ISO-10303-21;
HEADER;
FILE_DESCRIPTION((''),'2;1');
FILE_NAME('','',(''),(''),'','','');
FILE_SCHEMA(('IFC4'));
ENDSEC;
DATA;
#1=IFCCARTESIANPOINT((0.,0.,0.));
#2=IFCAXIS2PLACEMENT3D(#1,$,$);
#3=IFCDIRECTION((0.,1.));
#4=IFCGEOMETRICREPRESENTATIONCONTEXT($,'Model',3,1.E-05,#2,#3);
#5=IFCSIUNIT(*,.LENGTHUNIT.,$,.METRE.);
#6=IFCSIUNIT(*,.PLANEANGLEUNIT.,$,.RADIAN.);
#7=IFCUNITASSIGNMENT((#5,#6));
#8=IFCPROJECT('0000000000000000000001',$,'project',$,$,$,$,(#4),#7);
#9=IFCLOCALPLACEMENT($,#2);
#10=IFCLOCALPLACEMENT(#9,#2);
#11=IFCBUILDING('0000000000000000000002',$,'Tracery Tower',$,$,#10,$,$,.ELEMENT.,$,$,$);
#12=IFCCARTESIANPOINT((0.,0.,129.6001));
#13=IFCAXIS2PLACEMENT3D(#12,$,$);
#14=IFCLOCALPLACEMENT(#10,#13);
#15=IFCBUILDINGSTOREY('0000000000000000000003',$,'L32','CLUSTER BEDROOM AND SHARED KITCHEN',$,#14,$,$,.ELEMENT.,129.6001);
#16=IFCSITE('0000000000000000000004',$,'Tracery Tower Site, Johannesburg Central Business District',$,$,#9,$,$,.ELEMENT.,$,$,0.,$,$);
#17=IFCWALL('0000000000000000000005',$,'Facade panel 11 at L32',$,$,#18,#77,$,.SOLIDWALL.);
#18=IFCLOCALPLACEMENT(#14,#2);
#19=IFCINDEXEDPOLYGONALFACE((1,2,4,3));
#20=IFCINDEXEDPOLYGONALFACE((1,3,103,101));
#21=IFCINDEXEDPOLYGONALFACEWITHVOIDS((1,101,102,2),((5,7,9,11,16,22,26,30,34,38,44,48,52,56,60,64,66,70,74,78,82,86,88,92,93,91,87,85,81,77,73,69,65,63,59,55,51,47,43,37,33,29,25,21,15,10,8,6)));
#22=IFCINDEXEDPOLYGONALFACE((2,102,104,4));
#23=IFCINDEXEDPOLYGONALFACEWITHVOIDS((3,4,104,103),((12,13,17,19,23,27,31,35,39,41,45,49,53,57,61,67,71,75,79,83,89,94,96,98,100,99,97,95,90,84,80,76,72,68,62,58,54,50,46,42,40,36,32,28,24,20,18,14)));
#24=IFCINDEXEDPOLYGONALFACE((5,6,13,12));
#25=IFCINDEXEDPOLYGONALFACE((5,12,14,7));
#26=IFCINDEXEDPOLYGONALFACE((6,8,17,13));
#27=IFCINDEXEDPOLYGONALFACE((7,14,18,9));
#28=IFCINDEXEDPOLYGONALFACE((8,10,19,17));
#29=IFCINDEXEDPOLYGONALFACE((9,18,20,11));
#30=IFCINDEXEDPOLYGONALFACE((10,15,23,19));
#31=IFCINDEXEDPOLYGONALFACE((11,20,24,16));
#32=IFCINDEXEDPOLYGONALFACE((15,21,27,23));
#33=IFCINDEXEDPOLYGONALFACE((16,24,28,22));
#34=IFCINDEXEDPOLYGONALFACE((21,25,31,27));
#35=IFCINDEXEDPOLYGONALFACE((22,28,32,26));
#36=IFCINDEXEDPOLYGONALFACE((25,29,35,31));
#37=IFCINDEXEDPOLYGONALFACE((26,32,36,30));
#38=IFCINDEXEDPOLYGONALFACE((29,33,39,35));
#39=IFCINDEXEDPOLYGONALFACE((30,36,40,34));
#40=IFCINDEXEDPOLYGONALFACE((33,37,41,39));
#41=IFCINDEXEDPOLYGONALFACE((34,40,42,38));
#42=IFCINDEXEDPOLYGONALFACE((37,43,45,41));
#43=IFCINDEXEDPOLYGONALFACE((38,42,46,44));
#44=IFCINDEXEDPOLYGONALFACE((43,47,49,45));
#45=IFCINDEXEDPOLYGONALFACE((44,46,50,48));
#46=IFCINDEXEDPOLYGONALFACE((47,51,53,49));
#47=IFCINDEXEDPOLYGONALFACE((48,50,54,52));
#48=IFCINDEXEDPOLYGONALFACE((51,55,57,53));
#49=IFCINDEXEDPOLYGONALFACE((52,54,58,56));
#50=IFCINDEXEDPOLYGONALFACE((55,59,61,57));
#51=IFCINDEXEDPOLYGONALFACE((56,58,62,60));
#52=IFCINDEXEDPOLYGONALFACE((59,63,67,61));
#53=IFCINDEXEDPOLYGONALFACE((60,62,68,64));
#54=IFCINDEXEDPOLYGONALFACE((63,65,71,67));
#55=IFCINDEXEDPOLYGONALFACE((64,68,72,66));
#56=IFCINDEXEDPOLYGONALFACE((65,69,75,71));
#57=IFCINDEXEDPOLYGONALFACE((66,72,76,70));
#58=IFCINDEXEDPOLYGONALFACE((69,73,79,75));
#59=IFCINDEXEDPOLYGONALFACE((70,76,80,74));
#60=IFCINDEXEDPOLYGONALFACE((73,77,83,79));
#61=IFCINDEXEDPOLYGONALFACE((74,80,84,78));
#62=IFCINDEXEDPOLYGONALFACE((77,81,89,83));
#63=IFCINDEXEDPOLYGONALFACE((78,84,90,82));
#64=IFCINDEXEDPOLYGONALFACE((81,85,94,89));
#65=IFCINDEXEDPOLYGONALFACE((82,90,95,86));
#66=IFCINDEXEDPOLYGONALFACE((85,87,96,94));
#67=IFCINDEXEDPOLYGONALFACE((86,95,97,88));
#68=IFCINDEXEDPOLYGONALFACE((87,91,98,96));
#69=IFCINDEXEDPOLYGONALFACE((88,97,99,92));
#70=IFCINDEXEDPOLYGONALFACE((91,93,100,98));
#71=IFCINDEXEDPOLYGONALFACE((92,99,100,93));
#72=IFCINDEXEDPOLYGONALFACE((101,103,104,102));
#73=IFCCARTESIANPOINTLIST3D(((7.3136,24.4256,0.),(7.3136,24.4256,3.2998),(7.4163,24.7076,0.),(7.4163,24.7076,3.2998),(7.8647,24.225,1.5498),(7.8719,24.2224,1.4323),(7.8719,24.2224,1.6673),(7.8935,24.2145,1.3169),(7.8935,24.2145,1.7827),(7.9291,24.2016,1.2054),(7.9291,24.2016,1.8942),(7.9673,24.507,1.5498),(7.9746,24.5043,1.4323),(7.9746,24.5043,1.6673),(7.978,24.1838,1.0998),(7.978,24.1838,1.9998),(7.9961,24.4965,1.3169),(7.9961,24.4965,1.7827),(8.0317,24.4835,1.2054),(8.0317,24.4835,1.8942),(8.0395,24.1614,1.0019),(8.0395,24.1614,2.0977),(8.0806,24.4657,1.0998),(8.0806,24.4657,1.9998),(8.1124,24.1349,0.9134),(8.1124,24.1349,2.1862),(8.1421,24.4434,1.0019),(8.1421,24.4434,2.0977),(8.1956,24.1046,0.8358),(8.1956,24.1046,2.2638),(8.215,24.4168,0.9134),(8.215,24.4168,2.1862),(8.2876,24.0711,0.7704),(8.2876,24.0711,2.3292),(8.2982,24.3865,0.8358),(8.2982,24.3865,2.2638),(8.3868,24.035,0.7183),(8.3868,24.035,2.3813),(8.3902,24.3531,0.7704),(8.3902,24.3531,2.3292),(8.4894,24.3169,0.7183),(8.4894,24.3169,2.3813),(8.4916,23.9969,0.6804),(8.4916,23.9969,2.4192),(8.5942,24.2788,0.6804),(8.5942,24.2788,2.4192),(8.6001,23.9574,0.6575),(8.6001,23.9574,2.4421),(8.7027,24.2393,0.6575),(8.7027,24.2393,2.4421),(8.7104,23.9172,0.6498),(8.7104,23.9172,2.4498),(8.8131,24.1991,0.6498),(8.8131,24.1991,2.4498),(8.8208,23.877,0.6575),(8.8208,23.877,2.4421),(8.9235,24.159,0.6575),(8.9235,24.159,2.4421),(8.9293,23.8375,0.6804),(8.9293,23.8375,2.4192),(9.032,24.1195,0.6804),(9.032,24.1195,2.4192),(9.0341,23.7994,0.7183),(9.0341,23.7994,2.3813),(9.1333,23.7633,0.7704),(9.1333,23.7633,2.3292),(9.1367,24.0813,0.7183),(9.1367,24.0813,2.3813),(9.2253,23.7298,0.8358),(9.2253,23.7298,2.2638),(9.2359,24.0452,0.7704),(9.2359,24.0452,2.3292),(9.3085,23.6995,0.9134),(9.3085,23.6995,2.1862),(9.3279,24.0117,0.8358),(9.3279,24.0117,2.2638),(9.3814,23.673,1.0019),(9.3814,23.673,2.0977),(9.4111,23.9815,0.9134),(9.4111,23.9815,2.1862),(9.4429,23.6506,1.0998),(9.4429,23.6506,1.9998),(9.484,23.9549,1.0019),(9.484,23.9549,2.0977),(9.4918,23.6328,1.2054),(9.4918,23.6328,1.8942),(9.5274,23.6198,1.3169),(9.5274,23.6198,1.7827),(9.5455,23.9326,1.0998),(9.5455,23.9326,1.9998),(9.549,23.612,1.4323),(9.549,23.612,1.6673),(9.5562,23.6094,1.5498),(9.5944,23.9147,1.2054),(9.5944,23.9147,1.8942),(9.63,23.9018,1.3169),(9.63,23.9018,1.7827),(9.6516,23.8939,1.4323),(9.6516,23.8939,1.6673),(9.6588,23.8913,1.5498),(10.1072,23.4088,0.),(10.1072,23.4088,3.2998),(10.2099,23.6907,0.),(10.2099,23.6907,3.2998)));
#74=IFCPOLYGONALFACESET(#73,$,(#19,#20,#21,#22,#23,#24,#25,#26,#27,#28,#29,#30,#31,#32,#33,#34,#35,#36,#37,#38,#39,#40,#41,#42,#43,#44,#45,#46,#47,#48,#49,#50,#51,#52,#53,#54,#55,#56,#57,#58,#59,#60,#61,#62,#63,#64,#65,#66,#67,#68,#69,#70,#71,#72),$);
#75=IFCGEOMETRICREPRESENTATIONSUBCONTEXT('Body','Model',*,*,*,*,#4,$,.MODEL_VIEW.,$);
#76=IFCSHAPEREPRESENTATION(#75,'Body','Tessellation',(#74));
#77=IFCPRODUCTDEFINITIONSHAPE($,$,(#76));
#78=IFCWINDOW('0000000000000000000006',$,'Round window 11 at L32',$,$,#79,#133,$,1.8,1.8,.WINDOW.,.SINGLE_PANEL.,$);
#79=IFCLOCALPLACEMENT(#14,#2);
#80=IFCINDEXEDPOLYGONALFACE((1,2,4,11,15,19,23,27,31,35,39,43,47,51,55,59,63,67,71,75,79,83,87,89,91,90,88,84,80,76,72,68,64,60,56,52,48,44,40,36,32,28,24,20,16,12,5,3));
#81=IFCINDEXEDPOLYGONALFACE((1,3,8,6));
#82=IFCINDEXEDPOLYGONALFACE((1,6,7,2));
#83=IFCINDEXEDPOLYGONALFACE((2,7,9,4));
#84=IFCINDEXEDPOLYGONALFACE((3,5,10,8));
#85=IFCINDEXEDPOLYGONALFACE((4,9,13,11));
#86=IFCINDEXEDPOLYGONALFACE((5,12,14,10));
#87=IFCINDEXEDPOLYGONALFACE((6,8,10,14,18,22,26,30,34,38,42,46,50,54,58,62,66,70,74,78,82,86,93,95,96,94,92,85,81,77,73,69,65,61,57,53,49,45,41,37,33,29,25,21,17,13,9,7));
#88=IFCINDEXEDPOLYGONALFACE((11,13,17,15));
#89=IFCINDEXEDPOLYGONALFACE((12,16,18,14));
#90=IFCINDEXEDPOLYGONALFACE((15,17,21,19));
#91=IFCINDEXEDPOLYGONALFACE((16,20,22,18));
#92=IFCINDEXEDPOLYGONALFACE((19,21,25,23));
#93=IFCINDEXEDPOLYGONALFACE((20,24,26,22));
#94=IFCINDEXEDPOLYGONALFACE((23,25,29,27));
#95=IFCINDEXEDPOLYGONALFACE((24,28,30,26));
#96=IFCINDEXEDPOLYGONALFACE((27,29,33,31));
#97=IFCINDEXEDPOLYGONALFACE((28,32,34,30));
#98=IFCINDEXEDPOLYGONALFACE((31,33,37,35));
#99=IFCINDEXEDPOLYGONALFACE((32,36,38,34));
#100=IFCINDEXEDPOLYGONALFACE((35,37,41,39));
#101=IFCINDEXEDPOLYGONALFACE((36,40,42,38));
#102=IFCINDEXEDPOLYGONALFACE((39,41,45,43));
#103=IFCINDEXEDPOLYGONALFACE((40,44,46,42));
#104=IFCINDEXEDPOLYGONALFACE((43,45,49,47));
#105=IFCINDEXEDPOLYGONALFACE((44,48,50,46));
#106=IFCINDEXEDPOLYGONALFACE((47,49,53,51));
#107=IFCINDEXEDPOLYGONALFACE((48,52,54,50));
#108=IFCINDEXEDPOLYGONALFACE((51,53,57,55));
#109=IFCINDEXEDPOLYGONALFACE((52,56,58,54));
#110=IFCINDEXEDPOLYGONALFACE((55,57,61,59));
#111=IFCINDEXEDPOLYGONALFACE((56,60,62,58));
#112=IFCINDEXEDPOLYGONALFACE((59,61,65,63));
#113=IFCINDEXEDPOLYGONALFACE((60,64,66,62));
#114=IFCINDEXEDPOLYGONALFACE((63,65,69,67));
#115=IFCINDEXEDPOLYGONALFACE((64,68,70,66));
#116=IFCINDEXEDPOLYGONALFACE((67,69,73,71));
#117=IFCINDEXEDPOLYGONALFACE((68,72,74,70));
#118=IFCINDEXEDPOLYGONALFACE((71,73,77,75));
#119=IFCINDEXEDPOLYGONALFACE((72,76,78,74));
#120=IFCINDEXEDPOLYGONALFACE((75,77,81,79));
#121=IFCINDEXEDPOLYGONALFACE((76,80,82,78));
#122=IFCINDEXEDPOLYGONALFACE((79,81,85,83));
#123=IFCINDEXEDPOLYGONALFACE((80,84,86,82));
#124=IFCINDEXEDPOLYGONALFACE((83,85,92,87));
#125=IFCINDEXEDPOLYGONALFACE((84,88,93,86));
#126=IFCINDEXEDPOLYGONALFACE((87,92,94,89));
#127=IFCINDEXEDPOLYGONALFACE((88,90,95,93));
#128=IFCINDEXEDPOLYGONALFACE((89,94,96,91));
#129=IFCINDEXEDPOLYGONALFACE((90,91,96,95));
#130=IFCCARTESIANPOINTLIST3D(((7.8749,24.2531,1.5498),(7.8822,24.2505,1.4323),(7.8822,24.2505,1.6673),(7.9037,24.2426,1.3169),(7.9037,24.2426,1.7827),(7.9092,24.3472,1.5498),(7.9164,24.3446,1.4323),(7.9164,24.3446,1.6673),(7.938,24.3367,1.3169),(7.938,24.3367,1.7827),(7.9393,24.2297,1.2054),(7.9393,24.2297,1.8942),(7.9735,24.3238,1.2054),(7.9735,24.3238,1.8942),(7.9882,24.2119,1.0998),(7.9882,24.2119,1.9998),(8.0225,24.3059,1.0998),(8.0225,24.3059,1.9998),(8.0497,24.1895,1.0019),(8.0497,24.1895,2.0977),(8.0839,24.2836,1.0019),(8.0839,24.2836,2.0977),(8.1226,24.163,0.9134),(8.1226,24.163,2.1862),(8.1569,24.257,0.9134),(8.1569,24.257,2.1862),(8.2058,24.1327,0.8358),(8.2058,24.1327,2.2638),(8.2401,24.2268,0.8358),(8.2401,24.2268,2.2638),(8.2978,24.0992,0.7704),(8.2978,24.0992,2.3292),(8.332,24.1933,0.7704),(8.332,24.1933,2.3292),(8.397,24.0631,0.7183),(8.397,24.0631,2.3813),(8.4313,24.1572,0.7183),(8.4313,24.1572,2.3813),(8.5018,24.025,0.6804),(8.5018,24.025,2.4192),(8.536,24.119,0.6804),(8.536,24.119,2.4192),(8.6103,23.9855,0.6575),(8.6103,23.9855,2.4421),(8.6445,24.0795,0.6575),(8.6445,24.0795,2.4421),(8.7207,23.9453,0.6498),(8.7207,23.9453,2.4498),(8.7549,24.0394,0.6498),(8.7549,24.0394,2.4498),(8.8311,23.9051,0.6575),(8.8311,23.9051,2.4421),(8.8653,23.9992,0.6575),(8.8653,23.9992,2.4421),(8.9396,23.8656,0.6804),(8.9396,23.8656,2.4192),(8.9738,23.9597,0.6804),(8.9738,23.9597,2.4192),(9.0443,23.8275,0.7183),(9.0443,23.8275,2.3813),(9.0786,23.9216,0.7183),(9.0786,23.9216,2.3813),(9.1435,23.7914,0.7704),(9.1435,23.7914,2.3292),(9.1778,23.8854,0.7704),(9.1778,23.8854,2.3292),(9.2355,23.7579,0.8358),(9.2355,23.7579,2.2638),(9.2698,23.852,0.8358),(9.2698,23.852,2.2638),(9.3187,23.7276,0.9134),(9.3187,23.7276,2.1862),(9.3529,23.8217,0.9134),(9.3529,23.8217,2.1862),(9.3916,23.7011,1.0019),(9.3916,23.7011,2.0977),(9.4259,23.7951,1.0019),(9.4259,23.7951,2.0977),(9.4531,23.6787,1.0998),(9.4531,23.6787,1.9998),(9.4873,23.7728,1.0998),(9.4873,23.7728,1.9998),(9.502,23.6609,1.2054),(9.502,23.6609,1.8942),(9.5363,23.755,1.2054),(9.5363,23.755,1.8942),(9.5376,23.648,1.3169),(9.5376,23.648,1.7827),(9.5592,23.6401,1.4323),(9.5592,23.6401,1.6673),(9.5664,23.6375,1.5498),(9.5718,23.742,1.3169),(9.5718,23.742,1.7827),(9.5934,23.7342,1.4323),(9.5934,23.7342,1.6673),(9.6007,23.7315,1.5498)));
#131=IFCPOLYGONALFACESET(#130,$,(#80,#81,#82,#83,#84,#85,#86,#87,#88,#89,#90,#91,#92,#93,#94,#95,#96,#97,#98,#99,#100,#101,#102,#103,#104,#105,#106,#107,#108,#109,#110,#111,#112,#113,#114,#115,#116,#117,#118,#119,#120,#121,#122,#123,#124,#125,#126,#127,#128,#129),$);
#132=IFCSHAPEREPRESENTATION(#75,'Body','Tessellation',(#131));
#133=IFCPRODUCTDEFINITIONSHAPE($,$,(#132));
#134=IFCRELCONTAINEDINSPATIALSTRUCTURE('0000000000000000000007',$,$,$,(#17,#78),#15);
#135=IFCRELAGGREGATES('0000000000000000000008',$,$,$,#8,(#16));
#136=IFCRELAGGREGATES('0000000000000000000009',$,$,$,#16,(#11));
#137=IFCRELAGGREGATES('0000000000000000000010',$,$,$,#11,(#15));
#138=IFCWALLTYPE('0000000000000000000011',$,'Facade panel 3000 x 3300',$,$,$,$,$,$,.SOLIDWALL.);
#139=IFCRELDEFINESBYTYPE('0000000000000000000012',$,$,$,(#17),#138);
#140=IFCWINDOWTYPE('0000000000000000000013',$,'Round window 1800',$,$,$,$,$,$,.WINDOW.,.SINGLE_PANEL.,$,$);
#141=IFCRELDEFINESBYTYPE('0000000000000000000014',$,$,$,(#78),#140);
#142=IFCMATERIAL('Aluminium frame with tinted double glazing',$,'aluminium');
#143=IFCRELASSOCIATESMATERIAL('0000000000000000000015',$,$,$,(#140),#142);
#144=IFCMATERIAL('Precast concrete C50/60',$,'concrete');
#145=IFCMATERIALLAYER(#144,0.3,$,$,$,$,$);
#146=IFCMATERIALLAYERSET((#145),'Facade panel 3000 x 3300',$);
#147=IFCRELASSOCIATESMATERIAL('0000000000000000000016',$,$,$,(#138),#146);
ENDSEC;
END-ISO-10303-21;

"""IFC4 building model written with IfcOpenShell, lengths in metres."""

from ifc_helpers import new_model, si_unit, direction, frame, frame_2d, origin, origin_2d, place, context, subcontext, project, spatial, rectangle, circle, extrude, material, layer, layer_set, type_object, element, fill, save


model = new_model("IFC4")

# Units and contexts
model_context = context("Model", 3, precision=1e-05, world=origin(), true_north=direction((0.0, 1.0)))
body_context = subcontext(model_context, "Body", "Model", "MODEL_VIEW")
ifc_project = project(units=[si_unit("LENGTHUNIT", "METRE"), si_unit("PLANEANGLEUNIT", "RADIAN")], contexts=[model_context])

# Site, building, storey
site_placement = place(None, origin())
site = spatial("IfcSite", under=ifc_project, at=site_placement, Name="Tracery Tower Site, Johannesburg Central Business District", CompositionType="ELEMENT", RefElevation=0.0)
building_placement = place(site_placement, origin())
building = spatial("IfcBuilding", under=site, at=building_placement, Name="Tracery Tower", CompositionType="ELEMENT")
storey_placement = place(building_placement, frame((0.0, 0.0, 129.6001)))
storey = spatial("IfcBuildingStorey", under=building, at=storey_placement, Name="L32", Description="CLUSTER BEDROOM AND SHARED KITCHEN", CompositionType="ELEMENT", Elevation=129.6001)

# Wall, opening, window
ifc_material_1 = material(Name="Aluminium frame with tinted double glazing", Category="aluminium")
window_type = type_object("IfcWindowType", Name="Round window 1800", PartitioningType="SINGLE_PANEL", PredefinedType="WINDOW", material=ifc_material_1)
ifc_material_2 = material(Name="Precast concrete C50/60", Category="concrete")
ifc_layer_1 = layer(ifc_material_2, 0.3)
ifc_layer_set_1 = layer_set([ifc_layer_1], Name="Facade panel 3000 x 3300")
wall_type_1 = type_object("IfcWallType", Name="Facade panel 3000 x 3300", PredefinedType="SOLIDWALL", material=ifc_layer_set_1)
wall_1_placement = place(storey_placement, frame((10.1584, 23.5498, 0.0), z_axis=(0.0, 0.0, 1.0), x_axis=(-0.93969, 0.342027, 0.0)))
wall_1 = element("IfcWall", 1, at=wall_1_placement, inside=storey, type_object=wall_type_1, Name="Facade panel 11 at L32", PredefinedType="SOLIDWALL", context=body_context, shape_type="SweptSolid", body=[
    extrude(rectangle(XDim=2.9729, YDim=0.3, at=frame_2d((1.4863, 0.0))), origin(), (0.0, 0.0, 1.0), 3.2998),
])
opening_1_placement = place(wall_1_placement, frame((1.4863, 0.0, 1.5498)))
opening_1 = element("IfcOpeningElement", 2, at=opening_1_placement, cuts=wall_1, PredefinedType="OPENING", context=body_context, shape_type="SweptSolid", body=[
    extrude(circle(Radius=0.9, at=origin_2d()), frame((0.0, 0.1599, 0.0), z_axis=(0.0, -1.0, 0.0), x_axis=(1.0, 0.0, 0.0)), (0.0, 0.0, 1.0), 0.3201),
])
window_1_placement = place(opening_1_placement, origin())
window_1 = element("IfcWindow", 3, at=window_1_placement, inside=storey, type_object=window_type, Name="Round window 11 at L32", OverallHeight=1.8, OverallWidth=1.8, PartitioningType="SINGLE_PANEL", PredefinedType="WINDOW", context=body_context, shape_type="SweptSolid", body=[
    extrude(circle(Radius=0.9, at=origin_2d()), frame((0.0, 0.1201, 0.0), z_axis=(0.0, -1.0, 0.0), x_axis=(1.0, 0.0, 0.0)), (0.0, 0.0, 1.0), 0.1001),
])
fill(opening_1, window_1)

save(model, "model.ifc")
